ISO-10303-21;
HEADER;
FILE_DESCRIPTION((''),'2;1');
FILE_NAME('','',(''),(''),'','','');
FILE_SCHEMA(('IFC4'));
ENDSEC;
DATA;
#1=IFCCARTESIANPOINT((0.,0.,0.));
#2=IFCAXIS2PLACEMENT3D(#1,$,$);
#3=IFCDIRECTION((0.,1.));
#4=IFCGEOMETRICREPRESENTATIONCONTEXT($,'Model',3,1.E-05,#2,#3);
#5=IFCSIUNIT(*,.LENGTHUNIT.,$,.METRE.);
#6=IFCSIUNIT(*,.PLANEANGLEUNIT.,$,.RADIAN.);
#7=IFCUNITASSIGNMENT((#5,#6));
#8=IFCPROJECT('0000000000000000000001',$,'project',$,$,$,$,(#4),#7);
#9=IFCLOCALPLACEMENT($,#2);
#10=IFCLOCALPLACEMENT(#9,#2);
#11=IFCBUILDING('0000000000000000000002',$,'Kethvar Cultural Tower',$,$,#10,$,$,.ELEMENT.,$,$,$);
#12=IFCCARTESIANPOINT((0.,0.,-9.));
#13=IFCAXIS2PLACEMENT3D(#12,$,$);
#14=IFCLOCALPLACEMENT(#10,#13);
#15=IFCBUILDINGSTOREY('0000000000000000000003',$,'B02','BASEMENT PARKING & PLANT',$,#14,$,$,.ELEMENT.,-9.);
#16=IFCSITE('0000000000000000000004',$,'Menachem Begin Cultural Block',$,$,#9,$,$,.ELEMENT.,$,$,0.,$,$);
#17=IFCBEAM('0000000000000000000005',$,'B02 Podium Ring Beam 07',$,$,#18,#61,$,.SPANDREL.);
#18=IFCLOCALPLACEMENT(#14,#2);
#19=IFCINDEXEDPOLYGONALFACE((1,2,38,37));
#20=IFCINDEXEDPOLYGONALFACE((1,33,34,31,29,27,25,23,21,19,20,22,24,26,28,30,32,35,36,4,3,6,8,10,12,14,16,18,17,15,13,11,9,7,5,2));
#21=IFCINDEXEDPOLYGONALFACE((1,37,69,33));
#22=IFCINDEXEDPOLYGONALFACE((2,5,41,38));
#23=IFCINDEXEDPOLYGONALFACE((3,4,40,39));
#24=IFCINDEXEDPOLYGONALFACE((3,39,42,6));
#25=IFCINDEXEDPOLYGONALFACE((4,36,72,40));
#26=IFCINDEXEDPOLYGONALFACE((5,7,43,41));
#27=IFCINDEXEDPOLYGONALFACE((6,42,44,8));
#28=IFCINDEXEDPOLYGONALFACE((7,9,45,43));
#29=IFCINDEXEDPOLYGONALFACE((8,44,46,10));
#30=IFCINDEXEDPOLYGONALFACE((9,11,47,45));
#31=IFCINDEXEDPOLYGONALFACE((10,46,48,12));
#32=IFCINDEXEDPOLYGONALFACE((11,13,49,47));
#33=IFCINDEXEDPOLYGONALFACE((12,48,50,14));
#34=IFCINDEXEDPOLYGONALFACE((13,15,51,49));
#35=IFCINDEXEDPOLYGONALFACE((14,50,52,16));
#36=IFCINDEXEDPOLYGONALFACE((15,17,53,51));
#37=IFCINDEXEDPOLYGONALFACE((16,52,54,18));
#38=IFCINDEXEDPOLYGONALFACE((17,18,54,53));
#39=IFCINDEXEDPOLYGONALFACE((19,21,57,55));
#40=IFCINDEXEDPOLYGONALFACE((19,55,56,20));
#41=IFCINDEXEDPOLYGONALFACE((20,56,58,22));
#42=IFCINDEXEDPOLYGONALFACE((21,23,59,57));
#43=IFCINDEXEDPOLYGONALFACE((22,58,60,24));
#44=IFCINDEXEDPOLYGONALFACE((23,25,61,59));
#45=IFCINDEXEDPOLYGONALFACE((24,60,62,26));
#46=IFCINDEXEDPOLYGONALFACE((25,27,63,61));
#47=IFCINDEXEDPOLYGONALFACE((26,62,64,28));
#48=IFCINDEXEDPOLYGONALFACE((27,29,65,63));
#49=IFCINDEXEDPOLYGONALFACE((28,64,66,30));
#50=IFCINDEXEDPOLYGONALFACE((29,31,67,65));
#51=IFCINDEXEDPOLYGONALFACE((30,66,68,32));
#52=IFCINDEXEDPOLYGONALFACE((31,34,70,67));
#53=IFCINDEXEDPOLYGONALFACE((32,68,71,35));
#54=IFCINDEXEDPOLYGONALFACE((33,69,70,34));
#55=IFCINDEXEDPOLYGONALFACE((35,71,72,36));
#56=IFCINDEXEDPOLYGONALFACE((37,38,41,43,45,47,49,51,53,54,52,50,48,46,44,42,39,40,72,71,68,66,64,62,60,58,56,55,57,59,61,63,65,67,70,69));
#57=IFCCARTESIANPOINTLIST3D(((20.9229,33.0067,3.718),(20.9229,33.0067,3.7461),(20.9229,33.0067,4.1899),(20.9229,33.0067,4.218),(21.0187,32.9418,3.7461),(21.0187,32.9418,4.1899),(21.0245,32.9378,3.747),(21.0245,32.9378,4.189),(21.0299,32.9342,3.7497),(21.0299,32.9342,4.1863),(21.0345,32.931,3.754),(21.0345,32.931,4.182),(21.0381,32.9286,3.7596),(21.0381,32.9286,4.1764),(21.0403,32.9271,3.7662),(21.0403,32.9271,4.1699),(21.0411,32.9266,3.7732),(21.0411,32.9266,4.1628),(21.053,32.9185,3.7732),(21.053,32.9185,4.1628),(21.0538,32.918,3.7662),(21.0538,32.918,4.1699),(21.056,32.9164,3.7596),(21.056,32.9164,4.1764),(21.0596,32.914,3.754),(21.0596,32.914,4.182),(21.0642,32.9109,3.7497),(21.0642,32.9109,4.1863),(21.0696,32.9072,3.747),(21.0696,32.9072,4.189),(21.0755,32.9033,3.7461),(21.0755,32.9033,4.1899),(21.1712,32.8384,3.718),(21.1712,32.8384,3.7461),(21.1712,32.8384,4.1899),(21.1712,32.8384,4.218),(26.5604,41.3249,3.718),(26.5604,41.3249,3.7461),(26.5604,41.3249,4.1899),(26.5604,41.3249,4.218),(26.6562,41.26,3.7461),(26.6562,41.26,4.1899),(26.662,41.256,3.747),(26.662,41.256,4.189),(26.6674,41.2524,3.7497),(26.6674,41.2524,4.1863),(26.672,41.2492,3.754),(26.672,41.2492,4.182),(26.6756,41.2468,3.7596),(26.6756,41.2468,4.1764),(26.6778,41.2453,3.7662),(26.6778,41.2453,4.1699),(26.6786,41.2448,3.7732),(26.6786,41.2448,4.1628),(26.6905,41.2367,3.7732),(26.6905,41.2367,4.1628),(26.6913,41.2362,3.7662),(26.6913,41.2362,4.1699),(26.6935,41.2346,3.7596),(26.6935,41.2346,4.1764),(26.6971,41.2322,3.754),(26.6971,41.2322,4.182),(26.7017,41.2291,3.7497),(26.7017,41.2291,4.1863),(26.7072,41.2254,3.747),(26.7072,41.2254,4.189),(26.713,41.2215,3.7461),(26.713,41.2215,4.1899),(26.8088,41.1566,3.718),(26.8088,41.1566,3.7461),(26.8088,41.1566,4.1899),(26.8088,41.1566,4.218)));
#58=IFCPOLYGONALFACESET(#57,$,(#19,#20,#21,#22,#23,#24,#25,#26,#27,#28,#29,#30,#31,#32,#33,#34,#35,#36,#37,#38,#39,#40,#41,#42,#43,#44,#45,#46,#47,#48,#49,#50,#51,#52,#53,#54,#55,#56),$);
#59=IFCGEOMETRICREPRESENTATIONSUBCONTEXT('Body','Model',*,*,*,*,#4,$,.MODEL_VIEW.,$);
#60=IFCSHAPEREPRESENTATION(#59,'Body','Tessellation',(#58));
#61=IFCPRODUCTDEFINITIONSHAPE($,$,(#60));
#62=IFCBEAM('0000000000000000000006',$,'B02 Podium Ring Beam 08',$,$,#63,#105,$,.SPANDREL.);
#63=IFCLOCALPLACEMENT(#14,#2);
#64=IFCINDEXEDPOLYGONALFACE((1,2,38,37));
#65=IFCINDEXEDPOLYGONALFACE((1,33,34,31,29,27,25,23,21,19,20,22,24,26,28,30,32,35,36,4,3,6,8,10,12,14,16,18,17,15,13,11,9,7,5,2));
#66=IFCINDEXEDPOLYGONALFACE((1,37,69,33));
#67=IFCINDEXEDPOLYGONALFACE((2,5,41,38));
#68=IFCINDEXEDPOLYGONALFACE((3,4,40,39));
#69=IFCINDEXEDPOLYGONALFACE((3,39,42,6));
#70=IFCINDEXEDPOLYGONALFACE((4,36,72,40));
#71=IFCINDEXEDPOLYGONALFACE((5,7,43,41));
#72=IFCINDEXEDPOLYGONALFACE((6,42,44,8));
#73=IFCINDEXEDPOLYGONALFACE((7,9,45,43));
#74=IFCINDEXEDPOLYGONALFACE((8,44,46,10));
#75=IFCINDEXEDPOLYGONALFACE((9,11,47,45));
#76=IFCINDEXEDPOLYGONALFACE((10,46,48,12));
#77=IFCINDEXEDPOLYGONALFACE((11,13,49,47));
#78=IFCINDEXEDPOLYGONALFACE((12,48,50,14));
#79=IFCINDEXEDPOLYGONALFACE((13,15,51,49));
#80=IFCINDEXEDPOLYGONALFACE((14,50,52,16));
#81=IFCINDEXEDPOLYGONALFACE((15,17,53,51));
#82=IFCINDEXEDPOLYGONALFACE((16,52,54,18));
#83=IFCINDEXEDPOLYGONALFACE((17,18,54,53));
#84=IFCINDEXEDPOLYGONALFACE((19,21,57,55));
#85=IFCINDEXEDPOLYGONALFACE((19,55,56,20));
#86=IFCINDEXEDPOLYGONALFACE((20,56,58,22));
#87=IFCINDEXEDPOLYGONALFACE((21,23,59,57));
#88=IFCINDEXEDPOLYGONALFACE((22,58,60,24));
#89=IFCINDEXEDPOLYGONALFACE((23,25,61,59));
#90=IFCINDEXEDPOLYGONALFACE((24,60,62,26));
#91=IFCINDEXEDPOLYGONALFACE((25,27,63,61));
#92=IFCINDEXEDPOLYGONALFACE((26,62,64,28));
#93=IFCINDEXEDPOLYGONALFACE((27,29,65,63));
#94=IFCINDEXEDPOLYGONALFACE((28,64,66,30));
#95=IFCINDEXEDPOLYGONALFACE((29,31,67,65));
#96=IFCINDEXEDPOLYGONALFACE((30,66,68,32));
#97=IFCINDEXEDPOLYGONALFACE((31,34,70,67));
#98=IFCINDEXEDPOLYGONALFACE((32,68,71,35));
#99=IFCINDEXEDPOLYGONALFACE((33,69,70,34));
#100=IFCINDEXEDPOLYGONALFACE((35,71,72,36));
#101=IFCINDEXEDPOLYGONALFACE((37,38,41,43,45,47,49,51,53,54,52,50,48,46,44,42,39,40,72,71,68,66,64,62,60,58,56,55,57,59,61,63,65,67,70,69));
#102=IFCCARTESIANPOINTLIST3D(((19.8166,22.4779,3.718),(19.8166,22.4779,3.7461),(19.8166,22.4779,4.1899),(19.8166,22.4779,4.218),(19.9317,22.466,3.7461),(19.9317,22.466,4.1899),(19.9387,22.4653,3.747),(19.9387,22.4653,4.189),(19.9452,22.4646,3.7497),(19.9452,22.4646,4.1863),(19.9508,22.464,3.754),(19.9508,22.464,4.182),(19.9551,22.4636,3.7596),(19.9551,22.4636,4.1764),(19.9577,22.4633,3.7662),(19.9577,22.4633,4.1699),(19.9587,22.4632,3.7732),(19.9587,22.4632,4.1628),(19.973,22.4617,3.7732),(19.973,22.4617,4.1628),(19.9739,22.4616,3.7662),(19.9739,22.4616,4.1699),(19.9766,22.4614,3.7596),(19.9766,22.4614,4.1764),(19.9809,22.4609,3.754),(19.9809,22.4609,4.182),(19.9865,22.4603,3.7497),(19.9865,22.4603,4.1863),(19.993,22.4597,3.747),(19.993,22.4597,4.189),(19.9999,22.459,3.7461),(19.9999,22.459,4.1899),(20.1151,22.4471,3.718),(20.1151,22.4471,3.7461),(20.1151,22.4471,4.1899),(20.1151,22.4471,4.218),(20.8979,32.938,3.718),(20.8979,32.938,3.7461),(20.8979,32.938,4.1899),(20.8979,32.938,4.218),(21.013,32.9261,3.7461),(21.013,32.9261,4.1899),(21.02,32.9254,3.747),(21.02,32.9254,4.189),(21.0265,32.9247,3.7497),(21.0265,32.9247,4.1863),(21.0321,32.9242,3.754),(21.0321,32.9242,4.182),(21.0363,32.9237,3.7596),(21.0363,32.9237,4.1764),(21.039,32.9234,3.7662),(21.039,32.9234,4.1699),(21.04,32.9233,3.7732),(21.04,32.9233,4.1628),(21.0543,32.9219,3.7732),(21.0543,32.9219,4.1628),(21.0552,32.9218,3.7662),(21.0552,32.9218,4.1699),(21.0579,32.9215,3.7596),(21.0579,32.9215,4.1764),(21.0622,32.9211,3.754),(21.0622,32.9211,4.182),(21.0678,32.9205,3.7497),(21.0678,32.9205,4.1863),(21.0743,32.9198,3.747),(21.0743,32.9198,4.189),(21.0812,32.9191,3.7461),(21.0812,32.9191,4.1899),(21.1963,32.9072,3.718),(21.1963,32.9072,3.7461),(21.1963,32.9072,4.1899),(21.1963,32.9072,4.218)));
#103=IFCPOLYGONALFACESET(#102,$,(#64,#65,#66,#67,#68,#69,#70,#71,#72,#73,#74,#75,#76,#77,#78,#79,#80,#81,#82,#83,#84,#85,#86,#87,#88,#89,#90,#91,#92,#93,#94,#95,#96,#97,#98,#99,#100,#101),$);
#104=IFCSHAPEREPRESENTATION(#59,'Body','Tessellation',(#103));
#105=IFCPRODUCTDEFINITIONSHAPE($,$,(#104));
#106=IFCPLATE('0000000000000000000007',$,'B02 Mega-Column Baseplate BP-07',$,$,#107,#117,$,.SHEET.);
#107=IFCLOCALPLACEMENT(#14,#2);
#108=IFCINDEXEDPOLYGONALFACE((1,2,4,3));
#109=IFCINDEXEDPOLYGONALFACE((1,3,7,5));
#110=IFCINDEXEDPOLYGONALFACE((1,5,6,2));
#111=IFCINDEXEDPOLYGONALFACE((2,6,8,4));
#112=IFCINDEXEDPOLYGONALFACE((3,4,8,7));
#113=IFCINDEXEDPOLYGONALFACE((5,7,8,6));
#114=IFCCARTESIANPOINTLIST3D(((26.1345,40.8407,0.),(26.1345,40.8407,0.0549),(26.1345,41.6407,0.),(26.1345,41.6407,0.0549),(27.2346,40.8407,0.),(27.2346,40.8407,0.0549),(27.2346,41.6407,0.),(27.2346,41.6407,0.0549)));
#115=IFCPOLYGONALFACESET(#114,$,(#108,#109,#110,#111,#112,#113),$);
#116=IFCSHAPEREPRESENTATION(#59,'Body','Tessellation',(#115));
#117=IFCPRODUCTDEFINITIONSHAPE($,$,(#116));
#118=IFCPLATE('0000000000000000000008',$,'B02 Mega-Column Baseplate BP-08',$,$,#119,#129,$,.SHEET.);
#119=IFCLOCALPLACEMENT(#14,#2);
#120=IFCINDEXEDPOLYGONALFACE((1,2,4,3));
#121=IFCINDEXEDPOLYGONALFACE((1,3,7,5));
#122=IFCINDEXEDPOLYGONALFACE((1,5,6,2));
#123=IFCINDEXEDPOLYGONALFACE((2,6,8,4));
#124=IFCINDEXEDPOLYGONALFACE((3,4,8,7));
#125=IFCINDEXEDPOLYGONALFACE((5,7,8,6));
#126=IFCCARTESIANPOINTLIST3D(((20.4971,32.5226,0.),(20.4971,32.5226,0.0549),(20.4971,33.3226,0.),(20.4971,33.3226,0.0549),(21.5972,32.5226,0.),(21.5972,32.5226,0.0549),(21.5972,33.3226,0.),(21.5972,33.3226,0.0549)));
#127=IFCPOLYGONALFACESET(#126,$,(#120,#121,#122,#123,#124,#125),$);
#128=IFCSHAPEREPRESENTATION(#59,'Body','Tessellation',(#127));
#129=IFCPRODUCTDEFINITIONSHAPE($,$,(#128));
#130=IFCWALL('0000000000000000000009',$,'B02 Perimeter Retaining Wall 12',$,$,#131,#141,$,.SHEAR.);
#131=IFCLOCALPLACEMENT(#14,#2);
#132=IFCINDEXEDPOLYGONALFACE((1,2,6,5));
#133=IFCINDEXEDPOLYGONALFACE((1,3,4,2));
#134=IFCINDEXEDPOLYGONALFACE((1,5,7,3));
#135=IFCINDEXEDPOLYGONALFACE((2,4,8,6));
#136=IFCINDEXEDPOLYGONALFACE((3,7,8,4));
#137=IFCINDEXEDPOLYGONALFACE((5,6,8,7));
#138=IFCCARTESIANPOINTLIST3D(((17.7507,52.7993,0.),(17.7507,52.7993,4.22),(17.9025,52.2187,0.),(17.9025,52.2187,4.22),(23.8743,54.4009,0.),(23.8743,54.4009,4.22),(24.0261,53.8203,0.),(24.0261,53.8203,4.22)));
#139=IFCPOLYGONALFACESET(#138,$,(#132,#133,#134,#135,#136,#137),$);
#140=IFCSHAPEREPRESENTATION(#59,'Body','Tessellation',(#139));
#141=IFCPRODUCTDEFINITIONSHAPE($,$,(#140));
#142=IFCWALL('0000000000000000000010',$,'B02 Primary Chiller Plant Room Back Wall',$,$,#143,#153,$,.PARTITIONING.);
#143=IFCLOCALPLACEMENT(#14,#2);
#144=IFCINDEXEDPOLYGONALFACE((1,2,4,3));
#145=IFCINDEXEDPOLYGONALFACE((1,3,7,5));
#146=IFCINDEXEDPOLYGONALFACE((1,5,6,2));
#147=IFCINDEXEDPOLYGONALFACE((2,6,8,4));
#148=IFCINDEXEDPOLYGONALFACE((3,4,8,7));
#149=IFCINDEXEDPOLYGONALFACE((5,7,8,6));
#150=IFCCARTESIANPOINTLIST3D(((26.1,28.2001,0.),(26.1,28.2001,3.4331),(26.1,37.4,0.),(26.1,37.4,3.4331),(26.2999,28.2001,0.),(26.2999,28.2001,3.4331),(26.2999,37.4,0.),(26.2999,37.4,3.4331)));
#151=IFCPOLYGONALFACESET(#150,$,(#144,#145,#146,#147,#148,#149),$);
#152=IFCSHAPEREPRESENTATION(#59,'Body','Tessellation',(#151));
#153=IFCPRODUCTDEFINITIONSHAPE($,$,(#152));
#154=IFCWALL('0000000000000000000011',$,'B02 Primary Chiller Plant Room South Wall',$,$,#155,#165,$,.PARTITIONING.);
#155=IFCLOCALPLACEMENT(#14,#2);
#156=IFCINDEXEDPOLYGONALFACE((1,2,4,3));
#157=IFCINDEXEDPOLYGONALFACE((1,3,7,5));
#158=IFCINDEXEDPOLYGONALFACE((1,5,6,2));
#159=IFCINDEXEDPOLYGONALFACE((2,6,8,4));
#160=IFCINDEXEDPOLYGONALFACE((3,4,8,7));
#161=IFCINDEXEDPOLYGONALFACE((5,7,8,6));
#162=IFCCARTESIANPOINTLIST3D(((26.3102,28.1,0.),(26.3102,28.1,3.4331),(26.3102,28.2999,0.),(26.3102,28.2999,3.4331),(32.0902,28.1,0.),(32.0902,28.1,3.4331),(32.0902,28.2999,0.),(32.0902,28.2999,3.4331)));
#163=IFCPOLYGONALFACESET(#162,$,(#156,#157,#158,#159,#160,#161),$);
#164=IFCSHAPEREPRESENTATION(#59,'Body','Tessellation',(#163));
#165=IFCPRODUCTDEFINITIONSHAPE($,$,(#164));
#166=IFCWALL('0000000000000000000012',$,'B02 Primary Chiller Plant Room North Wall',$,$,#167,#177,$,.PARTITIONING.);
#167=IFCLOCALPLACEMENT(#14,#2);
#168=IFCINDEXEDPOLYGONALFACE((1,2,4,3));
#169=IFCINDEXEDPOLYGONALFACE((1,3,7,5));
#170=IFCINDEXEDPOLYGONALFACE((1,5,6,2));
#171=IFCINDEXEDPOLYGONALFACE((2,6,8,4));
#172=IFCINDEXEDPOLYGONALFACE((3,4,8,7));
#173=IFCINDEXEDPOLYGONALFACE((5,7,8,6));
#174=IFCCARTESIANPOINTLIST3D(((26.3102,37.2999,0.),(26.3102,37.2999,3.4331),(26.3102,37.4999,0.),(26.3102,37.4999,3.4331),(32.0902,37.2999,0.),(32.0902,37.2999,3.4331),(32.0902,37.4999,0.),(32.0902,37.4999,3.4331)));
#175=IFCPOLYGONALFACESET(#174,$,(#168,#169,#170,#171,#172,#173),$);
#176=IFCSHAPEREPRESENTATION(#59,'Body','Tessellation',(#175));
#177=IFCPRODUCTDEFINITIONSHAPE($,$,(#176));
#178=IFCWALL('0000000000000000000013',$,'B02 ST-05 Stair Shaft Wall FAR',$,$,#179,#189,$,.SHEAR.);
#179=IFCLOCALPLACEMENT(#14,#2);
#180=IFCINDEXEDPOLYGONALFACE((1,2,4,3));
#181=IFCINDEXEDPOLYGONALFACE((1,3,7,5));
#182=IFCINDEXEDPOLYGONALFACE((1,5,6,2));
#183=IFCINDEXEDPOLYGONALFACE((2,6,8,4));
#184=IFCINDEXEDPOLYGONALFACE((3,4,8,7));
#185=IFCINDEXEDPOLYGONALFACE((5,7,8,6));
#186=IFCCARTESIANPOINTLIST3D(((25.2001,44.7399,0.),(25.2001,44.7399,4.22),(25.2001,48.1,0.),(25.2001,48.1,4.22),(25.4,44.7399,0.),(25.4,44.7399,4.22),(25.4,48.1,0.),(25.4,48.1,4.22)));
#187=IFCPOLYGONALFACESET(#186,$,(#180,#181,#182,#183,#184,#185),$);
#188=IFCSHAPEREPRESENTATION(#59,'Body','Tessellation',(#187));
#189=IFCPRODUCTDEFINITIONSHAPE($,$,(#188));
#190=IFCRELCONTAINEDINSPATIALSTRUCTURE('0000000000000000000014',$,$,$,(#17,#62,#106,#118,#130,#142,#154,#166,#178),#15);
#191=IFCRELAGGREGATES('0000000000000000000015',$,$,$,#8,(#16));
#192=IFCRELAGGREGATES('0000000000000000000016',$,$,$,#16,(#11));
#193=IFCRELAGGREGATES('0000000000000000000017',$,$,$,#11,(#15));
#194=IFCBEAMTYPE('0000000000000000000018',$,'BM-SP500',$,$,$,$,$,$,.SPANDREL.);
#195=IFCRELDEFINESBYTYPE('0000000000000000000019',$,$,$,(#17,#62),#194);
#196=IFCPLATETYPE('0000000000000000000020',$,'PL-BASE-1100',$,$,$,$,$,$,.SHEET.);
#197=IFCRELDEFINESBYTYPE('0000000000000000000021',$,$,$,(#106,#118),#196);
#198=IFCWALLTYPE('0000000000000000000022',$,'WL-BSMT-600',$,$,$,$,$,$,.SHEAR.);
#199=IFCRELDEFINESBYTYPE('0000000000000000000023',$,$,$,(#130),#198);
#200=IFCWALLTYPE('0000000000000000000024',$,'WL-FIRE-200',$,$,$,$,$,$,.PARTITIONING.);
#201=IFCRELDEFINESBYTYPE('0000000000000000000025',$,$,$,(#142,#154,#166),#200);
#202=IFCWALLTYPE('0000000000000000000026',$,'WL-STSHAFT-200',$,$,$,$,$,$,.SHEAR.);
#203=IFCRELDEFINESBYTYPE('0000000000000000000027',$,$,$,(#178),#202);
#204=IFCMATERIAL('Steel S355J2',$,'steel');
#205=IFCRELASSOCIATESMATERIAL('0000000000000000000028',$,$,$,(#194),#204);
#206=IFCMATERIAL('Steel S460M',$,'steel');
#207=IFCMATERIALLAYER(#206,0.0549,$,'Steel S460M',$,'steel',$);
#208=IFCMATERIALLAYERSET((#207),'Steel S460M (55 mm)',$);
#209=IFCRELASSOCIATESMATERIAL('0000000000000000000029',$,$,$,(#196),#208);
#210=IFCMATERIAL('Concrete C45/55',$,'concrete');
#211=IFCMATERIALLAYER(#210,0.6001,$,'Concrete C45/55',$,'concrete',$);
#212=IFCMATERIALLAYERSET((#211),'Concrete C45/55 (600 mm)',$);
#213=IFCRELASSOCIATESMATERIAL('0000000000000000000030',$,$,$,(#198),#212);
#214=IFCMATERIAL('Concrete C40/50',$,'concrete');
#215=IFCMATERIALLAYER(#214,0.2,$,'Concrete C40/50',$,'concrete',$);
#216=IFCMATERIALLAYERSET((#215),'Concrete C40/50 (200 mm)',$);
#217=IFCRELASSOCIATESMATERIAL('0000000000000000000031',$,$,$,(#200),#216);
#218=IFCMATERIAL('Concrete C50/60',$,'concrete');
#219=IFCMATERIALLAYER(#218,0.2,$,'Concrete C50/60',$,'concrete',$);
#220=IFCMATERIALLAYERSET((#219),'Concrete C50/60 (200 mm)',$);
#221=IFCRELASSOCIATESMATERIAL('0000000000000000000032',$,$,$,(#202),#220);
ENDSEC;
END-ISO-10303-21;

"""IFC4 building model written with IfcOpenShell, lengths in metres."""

from ifc_helpers import new_model, si_unit, direction, frame, frame_2d, origin, origin_2d, place, context, subcontext, project, spatial, rectangle, i_section, extrude, source, transform, mapped, material, layer, layer_set, material_profile, profile_set, type_object, element, save


model = new_model("IFC4")

# Units and contexts
model_context = context("Model", 3, precision=1e-05, world=origin(), true_north=direction((0.0, 1.0)))
body_context = subcontext(model_context, "Body", "Model", "MODEL_VIEW")
ifc_project = project(units=[si_unit("LENGTHUNIT", "METRE"), si_unit("PLANEANGLEUNIT", "RADIAN")], contexts=[model_context])

# Site, building, storey
site_placement = place(None, origin())
site = spatial("IfcSite", under=ifc_project, at=site_placement, Name="Menachem Begin Cultural Block", CompositionType="ELEMENT", RefElevation=0.0)
building_placement = place(site_placement, origin())
building = spatial("IfcBuilding", under=site, at=building_placement, Name="Kethvar Cultural Tower", CompositionType="ELEMENT")
storey_placement = place(building_placement, frame((0.0, 0.0, -9.0)))
storey = spatial("IfcBuildingStorey", under=building, at=storey_placement, Name="B02", Description="BASEMENT PARKING & PLANT", CompositionType="ELEMENT", Elevation=-9.0)

# Shared definitions
ifc_material_1 = material(Name="Concrete C45/55", Category="concrete")

# Shared definitions
ifc_material_2 = material(Name="Steel S460M", Category="steel")

# Beams
ifc_material_3 = material(Name="Steel S355J2", Category="steel")
ifc_material_profile_1 = material_profile(ifc_material_3, i_section(OverallWidth=0.3, OverallDepth=0.5, WebThickness=0.0144, FlangeThickness=0.0281, FilletRadius=0.0271, at=origin_2d()), Name="Steel S355J2 — HEB500")
ifc_profile_set_1 = profile_set([ifc_material_profile_1], Name="Steel S355J2 — HEB500")
beam_type = type_object("IfcBeamType", Name="BM-SP500", PredefinedType="SPANDREL", material=ifc_profile_set_1)
shared_shape_1 = source(origin(), body_context, "Body", "SweptSolid", [
    extrude(i_section(OverallWidth=0.3, OverallDepth=0.5, WebThickness=0.0144, FlangeThickness=0.0281, FilletRadius=0.0271, at=origin_2d()), origin(), (0.0, 0.0, 1.0), 10.0486),
])
beam_1_placement = place(storey_placement, frame((26.6846, 41.2407, 3.968), z_axis=(-0.561025, -0.827799, 0.0), x_axis=(0.827799, -0.561025, 0.0)))
element("IfcBeam", 1, at=beam_1_placement, inside=storey, type_object=beam_type, Name="B02 Podium Ring Beam 07", PredefinedType="SPANDREL", context=body_context, shape_type="MappedRepresentation", body=[
    mapped(shared_shape_1, transform((0.0, 0.0, 0.0), scale=1.0)),
])
shared_shape_2 = source(origin(), body_context, "Body", "SweptSolid", [
    extrude(i_section(OverallWidth=0.3, OverallDepth=0.5, WebThickness=0.0144, FlangeThickness=0.0281, FilletRadius=0.0271, at=origin_2d()), origin(), (0.0, 0.0, 1.0), 10.5159),
])
beam_2_placement = place(storey_placement, frame((21.0471, 32.9226, 3.968), z_axis=(-0.102825, -0.994699, 0.0), x_axis=(0.994699, -0.102825, 0.0)))
element("IfcBeam", 2, at=beam_2_placement, inside=storey, type_object=beam_type, Name="B02 Podium Ring Beam 08", PredefinedType="SPANDREL", context=body_context, shape_type="MappedRepresentation", body=[
    mapped(shared_shape_2, transform((0.0, 0.0, 0.0), scale=1.0)),
])

# Plates
ifc_layer_1 = layer(ifc_material_2, 0.0549, Name="Steel S460M", Category="steel")
ifc_layer_set_1 = layer_set([ifc_layer_1], Name="Steel S460M (55 mm)")
plate_type = type_object("IfcPlateType", Name="PL-BASE-1100", PredefinedType="SHEET", material=ifc_layer_set_1)
shared_shape_3 = source(origin(), body_context, "Body", "SweptSolid", [
    extrude(rectangle(XDim=1.1001, YDim=0.8, at=origin_2d()), origin(), (0.0, 0.0, 1.0), 0.0549),
])
for number, where, z_axis, x_axis, name in (
    (3, (26.6846, 41.2407, 0.0), (0.0, 0.0, 1.0), (1.0, 0.0, 0.0), "B02 Mega-Column Baseplate BP-07"),
    (4, (21.0471, 32.9226, 0.0), (0.0, 0.0, 1.0), (1.0, 0.0, 0.0), "B02 Mega-Column Baseplate BP-08"),
):
    element("IfcPlate", number, at=place(storey_placement, frame(where, z_axis=z_axis, x_axis=x_axis)), inside=storey, type_object=plate_type, Name=name, PredefinedType="SHEET", context=body_context, shape_type="MappedRepresentation", body=[
        mapped(shared_shape_3, transform((0.0, 0.0, 0.0), scale=1.0)),
    ])

# Walls
ifc_layer_2 = layer(ifc_material_1, 0.6001, Name="Concrete C45/55", Category="concrete")
ifc_layer_set_2 = layer_set([ifc_layer_2], Name="Concrete C45/55 (600 mm)")
wall_type_1 = type_object("IfcWallType", Name="WL-BSMT-600", PredefinedType="SHEAR", material=ifc_layer_set_2)
wall_1_placement = place(storey_placement, frame((23.9502, 54.1106, 0.0), z_axis=(0.0, 0.0, 1.0), x_axis=(-0.967458, -0.253031, 0.0)))
element("IfcWall", 5, at=wall_1_placement, inside=storey, type_object=wall_type_1, Name="B02 Perimeter Retaining Wall 12", PredefinedType="SHEAR", context=body_context, shape_type="SweptSolid", body=[
    extrude(rectangle(XDim=6.3296, YDim=0.6001, at=frame_2d((3.1648, 0.0))), origin(), (0.0, 0.0, 1.0), 4.22),
])
ifc_material_4 = material(Name="Concrete C40/50", Category="concrete")
ifc_layer_3 = layer(ifc_material_4, 0.2, Name="Concrete C40/50", Category="concrete")
ifc_layer_set_3 = layer_set([ifc_layer_3], Name="Concrete C40/50 (200 mm)")
wall_type_2 = type_object("IfcWallType", Name="WL-FIRE-200", PredefinedType="PARTITIONING", material=ifc_layer_set_3)
wall_2_placement = place(storey_placement, frame((26.2, 28.2, 0.0), z_axis=(0.0, 0.0, 1.0), x_axis=(0.0, 1.0, 0.0)))
element("IfcWall", 6, at=wall_2_placement, inside=storey, type_object=wall_type_2, Name="B02 Primary Chiller Plant Room Back Wall", PredefinedType="PARTITIONING", context=body_context, shape_type="SweptSolid", body=[
    extrude(rectangle(XDim=9.2, YDim=0.2, at=frame_2d((4.6001, 0.0))), origin(), (0.0, 0.0, 1.0), 3.4331),
])
for number, where, z_axis, x_axis, name in (
    (7, (26.3101, 28.2, 0.0), (0.0, 0.0, 1.0), (1.0, 0.0, 0.0), "B02 Primary Chiller Plant Room South Wall"),
    (8, (26.3101, 37.3999, 0.0), (0.0, 0.0, 1.0), (1.0, 0.0, 0.0), "B02 Primary Chiller Plant Room North Wall"),
):
    element("IfcWall", number, at=place(storey_placement, frame(where, z_axis=z_axis, x_axis=x_axis)), inside=storey, type_object=wall_type_2, Name=name, PredefinedType="PARTITIONING", context=body_context, shape_type="SweptSolid", body=[
        extrude(rectangle(XDim=5.78, YDim=0.2, at=frame_2d((2.8901, 0.0))), origin(), (0.0, 0.0, 1.0), 3.4331),
    ])
ifc_material_5 = material(Name="Concrete C50/60", Category="concrete")
ifc_layer_4 = layer(ifc_material_5, 0.2, Name="Concrete C50/60", Category="concrete")
ifc_layer_set_4 = layer_set([ifc_layer_4], Name="Concrete C50/60 (200 mm)")
wall_type_3 = type_object("IfcWallType", Name="WL-STSHAFT-200", PredefinedType="SHEAR", material=ifc_layer_set_4)
wall_3_placement = place(storey_placement, frame((25.3, 48.1001, 0.0), z_axis=(0.0, 0.0, 1.0), x_axis=(0.0, -1.0, 0.0)))
element("IfcWall", 9, at=wall_3_placement, inside=storey, type_object=wall_type_3, Name="B02 ST-05 Stair Shaft Wall FAR", PredefinedType="SHEAR", context=body_context, shape_type="SweptSolid", body=[
    extrude(rectangle(XDim=3.3601, YDim=0.2, at=frame_2d((1.6802, 0.0))), origin(), (0.0, 0.0, 1.0), 4.22),
])

save(model, "model.ifc")
